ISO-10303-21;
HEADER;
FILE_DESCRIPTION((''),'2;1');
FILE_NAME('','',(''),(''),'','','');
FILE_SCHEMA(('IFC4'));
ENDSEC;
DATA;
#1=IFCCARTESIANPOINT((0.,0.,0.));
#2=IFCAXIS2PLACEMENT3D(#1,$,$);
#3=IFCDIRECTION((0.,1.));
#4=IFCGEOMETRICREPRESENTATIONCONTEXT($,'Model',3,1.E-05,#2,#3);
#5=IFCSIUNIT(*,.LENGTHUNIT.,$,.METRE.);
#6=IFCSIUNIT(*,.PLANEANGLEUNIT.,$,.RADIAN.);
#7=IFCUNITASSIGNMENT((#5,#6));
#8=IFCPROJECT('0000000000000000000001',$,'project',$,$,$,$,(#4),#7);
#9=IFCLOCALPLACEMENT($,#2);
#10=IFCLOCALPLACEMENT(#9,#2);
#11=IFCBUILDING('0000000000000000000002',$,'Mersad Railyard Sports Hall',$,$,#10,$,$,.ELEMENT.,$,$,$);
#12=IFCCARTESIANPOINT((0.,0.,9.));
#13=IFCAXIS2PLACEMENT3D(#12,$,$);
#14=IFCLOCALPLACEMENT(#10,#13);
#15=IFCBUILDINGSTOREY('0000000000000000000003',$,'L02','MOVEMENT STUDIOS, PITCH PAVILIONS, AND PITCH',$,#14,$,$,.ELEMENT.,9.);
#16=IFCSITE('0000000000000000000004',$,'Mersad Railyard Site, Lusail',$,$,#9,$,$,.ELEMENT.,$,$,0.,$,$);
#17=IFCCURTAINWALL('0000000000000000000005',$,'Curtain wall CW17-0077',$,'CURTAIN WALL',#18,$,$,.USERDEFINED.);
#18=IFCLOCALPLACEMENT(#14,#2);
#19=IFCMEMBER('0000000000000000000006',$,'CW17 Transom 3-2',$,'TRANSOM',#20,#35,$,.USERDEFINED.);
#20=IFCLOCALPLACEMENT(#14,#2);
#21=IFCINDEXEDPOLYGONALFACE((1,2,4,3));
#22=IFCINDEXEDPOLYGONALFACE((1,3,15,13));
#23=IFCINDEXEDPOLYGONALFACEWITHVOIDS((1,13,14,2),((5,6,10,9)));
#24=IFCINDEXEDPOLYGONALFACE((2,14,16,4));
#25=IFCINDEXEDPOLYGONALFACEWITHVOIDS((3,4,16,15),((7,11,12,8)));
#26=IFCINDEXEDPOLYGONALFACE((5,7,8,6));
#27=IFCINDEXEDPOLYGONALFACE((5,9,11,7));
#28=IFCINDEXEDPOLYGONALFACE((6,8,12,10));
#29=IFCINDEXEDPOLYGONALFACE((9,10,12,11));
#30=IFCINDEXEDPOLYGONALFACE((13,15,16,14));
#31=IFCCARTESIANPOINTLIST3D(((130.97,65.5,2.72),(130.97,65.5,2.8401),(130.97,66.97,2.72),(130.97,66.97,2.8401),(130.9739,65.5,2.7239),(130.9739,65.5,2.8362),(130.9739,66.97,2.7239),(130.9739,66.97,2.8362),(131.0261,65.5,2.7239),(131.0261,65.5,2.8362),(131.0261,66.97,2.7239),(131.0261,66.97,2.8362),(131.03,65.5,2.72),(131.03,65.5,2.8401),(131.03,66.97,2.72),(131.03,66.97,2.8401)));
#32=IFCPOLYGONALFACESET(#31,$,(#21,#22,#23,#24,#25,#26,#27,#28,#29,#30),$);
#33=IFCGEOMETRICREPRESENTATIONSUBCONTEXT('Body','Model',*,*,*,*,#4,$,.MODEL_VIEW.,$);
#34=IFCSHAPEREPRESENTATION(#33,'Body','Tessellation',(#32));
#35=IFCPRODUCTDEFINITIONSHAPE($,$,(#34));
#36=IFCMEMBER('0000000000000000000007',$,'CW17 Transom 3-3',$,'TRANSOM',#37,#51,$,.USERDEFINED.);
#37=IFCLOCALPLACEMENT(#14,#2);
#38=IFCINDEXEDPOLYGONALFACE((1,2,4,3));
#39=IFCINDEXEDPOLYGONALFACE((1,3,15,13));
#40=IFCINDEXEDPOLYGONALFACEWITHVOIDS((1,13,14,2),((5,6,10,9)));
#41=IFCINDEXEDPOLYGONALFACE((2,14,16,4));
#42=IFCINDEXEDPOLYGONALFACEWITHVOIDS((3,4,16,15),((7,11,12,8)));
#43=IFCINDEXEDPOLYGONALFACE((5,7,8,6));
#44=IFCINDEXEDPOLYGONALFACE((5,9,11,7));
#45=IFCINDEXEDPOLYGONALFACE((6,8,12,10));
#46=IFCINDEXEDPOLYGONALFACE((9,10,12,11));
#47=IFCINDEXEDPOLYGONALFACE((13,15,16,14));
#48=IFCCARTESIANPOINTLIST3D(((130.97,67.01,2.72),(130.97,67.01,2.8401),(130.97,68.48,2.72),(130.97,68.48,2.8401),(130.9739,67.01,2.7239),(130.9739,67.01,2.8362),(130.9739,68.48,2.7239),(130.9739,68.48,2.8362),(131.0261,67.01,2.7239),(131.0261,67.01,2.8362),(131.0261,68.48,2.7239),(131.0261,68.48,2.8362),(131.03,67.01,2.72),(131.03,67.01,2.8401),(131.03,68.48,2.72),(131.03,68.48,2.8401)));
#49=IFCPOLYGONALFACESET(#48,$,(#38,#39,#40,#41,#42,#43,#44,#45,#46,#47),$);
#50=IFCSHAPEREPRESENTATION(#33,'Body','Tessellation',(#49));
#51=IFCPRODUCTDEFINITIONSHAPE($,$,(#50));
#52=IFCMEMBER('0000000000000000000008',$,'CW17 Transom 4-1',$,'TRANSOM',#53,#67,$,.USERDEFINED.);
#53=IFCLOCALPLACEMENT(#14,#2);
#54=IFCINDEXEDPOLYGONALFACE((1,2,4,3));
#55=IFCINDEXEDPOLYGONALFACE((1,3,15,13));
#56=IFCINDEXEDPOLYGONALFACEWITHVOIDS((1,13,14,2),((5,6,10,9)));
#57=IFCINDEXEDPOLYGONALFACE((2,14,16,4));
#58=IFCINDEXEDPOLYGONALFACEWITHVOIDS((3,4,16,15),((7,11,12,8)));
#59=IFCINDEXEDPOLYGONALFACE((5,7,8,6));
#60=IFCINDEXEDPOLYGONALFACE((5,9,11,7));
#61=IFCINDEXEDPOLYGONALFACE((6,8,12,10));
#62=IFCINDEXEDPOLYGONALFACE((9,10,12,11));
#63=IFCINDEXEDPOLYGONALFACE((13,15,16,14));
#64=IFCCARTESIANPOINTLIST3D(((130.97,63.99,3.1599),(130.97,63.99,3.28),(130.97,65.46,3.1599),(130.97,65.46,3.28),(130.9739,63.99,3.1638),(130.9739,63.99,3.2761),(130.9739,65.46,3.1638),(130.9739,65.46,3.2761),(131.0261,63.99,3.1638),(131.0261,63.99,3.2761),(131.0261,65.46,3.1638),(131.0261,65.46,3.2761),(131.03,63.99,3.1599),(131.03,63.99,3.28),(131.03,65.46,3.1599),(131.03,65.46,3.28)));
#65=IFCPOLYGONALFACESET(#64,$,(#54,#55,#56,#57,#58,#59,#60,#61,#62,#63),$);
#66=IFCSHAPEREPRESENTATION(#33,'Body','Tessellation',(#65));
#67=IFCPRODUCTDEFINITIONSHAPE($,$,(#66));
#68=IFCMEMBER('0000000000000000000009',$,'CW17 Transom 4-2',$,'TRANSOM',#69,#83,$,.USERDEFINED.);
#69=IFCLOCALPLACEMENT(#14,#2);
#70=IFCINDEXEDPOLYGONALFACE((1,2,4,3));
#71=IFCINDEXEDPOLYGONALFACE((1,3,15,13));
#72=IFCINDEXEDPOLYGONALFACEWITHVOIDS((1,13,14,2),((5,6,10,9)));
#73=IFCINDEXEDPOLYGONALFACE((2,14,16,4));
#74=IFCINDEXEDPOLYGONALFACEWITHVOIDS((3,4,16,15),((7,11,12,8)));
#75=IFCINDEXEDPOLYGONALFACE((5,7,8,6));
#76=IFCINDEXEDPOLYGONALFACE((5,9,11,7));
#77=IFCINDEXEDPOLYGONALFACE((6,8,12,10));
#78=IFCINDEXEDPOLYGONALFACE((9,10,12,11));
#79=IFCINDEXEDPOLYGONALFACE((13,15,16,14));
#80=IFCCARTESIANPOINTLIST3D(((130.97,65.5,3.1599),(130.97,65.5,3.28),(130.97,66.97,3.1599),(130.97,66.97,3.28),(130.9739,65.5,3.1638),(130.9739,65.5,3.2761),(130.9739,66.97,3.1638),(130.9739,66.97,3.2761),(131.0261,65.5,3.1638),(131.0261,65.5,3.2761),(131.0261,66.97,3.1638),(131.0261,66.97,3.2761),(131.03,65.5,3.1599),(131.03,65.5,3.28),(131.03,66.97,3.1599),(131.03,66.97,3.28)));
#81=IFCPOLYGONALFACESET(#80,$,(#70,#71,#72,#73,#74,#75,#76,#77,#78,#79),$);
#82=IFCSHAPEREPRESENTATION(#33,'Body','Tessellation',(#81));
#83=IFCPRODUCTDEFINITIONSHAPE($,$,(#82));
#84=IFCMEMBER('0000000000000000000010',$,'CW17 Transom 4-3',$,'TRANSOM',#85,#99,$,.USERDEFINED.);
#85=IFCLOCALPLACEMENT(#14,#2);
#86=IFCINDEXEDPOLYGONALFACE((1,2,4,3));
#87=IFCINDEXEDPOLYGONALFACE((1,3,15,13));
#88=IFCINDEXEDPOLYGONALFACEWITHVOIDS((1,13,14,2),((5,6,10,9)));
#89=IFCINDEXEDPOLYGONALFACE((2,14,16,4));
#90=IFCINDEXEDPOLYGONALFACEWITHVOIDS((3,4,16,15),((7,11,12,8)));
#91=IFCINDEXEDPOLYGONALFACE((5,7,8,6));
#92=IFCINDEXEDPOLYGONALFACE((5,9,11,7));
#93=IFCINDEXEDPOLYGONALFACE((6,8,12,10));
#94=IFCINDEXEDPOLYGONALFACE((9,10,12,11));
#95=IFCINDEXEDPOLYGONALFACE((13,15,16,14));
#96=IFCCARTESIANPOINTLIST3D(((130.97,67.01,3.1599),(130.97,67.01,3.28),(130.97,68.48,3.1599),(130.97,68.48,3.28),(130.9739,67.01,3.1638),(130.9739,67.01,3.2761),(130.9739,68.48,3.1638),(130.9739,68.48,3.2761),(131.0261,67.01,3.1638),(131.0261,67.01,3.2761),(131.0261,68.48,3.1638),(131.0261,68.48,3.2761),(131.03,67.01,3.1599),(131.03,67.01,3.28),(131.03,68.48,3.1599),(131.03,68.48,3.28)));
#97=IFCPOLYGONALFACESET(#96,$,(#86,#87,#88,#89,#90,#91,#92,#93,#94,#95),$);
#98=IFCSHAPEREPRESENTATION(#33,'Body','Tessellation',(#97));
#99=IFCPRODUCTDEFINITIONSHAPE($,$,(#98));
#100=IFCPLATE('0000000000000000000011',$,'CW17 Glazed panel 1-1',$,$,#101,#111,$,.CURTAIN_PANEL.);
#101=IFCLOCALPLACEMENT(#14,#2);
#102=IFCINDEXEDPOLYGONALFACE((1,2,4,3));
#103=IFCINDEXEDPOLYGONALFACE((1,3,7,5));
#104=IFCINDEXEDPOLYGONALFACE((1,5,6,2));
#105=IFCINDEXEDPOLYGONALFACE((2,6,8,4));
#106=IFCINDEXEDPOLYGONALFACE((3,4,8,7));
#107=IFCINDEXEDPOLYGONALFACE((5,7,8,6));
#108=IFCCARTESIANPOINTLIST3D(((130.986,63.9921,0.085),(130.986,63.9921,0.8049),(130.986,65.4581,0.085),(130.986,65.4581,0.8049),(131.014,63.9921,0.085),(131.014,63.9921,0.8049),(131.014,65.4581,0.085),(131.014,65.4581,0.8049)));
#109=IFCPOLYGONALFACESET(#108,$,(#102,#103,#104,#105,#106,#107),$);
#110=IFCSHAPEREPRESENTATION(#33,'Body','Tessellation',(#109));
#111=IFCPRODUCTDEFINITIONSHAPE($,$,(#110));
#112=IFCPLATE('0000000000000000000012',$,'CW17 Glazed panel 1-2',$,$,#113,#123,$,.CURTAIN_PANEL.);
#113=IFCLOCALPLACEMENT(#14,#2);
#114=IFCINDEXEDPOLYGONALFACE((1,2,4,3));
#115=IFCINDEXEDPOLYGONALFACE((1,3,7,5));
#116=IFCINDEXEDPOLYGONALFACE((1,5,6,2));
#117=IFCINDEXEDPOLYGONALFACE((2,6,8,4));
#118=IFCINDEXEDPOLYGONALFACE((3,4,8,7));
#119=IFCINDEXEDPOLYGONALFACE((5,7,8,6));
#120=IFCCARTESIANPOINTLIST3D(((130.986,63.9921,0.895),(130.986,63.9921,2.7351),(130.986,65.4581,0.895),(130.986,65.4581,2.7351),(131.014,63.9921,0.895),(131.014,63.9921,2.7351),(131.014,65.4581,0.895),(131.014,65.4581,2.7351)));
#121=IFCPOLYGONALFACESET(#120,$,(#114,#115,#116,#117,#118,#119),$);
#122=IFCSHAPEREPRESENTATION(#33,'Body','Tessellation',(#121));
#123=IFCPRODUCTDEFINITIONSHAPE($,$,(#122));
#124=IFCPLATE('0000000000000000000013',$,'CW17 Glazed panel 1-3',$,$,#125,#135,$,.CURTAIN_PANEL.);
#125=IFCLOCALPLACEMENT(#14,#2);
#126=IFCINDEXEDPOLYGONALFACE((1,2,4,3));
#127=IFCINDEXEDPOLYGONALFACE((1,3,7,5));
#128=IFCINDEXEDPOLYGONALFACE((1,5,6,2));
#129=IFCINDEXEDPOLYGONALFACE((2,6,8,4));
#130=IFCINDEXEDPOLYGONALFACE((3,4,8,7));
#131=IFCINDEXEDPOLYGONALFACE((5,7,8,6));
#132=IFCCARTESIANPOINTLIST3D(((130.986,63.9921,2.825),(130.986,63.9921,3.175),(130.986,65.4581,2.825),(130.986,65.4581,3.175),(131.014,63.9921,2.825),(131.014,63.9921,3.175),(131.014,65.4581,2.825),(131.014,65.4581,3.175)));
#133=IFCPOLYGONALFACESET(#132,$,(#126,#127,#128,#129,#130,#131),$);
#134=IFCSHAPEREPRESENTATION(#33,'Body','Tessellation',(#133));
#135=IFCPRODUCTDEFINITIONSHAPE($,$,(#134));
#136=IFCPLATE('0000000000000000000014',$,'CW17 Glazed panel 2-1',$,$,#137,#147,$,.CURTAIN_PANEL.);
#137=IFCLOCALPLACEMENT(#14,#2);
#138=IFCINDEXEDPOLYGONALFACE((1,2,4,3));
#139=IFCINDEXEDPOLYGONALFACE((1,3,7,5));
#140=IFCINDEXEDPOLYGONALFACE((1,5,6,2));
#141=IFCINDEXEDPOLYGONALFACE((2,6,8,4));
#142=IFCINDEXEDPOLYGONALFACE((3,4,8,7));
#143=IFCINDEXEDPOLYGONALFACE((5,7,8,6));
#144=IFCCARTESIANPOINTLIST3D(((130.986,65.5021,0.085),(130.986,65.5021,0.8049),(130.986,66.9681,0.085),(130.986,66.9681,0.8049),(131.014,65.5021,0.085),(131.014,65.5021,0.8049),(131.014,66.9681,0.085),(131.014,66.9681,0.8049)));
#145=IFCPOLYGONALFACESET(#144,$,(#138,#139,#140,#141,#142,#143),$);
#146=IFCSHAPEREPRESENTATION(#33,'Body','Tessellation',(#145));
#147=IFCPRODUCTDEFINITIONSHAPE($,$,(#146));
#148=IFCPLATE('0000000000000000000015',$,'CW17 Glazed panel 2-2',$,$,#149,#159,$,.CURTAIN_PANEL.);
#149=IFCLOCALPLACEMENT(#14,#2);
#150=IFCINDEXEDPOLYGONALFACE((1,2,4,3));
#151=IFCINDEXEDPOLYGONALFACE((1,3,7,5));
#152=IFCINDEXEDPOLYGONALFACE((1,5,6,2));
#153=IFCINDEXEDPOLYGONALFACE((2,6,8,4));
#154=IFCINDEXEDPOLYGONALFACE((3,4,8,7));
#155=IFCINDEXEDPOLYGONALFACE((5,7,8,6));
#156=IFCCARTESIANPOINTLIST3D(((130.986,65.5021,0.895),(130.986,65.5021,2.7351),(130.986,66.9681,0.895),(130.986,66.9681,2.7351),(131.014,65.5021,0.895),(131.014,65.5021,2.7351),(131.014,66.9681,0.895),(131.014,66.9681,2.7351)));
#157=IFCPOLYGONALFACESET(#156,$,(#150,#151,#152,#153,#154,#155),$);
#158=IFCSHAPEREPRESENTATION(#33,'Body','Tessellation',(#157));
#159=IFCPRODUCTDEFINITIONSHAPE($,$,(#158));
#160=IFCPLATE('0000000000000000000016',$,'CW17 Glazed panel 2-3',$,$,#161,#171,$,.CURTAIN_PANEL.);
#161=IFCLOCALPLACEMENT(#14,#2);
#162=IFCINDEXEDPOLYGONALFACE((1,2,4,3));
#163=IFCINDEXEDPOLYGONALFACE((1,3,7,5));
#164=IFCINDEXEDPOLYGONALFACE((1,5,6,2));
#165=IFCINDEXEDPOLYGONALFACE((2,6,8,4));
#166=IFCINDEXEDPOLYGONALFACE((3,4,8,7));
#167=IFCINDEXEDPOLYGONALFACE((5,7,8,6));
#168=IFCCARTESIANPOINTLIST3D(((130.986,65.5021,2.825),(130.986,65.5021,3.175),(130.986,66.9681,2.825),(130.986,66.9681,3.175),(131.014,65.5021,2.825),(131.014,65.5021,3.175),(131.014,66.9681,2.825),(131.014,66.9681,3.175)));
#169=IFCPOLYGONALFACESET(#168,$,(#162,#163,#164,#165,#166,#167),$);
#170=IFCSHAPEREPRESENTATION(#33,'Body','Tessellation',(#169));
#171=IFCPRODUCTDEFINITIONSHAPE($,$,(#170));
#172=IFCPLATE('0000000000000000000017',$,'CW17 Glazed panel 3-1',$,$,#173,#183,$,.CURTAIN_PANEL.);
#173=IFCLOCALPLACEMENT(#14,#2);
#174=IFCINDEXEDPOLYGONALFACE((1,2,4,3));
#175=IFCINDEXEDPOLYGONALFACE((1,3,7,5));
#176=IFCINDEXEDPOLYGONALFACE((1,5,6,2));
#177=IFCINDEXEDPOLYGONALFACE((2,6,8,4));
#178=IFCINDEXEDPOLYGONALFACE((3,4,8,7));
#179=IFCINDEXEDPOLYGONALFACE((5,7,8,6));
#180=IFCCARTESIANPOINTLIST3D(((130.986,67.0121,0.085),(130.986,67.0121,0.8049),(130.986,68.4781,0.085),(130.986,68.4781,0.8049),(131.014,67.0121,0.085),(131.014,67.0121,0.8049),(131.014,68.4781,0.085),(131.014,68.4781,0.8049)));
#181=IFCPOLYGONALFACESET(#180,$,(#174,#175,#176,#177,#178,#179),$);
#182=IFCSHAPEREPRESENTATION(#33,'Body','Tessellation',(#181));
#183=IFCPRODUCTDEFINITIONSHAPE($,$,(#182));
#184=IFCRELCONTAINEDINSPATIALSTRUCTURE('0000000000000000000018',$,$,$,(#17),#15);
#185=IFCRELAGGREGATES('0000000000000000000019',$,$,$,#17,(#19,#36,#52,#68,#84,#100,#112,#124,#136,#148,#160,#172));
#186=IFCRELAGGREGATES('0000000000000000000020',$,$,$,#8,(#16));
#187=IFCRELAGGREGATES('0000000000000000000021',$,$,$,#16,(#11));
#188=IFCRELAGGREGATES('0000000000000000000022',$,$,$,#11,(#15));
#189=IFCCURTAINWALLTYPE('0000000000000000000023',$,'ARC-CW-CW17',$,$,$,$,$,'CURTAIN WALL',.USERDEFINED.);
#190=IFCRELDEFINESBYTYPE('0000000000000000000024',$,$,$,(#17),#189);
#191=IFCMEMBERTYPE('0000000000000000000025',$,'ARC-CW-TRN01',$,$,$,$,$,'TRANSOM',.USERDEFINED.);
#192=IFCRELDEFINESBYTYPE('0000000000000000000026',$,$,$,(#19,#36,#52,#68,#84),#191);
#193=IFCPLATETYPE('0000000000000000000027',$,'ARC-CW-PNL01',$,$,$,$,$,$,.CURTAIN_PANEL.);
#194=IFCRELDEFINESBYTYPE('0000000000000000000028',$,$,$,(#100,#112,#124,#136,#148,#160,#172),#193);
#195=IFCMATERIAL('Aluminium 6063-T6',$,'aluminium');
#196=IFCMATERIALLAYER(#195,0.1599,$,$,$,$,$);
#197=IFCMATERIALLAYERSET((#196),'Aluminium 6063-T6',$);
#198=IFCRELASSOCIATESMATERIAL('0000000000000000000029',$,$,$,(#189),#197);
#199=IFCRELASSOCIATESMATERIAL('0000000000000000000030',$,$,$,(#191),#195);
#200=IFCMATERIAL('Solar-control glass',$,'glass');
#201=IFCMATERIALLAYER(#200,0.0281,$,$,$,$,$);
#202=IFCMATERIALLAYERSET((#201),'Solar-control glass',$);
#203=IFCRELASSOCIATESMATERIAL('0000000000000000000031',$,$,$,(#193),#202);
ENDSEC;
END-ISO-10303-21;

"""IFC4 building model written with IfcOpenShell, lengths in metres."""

from ifc_helpers import new_model, si_unit, direction, frame, origin, origin_2d, place, context, subcontext, project, spatial, rectangle, hollow_rectangle, extrude, material, layer, layer_set, material_profile, profile_set, type_object, element, aggregate, save


model = new_model("IFC4")

# Units and contexts
model_context = context("Model", 3, precision=1e-05, world=origin(), true_north=direction((0.0, 1.0)))
body_context = subcontext(model_context, "Body", "Model", "MODEL_VIEW")
ifc_project = project(units=[si_unit("LENGTHUNIT", "METRE"), si_unit("PLANEANGLEUNIT", "RADIAN")], contexts=[model_context])

# Site, building, storey
site_placement = place(None, origin())
site = spatial("IfcSite", under=ifc_project, at=site_placement, Name="Mersad Railyard Site, Lusail", CompositionType="ELEMENT", RefElevation=0.0)
building_placement = place(site_placement, origin())
building = spatial("IfcBuilding", under=site, at=building_placement, Name="Mersad Railyard Sports Hall", CompositionType="ELEMENT")
storey_placement = place(building_placement, frame((0.0, 0.0, 9.0)))
storey = spatial("IfcBuildingStorey", under=building, at=storey_placement, Name="L02", Description="MOVEMENT STUDIOS, PITCH PAVILIONS, AND PITCH", CompositionType="ELEMENT", Elevation=9.0)

# Curtain wall, members, plates
ifc_material_1 = material(Name="Aluminium 6063-T6", Category="aluminium")
ifc_layer_1 = layer(ifc_material_1, 0.1599)
ifc_layer_set_1 = layer_set([ifc_layer_1], Name="Aluminium 6063-T6")
curtain_wall_type = type_object("IfcCurtainWallType", Name="ARC-CW-CW17", ElementType="CURTAIN WALL", PredefinedType="USERDEFINED", material=ifc_layer_set_1)
curtain_wall_placement = place(storey_placement, origin())
curtain_wall = element("IfcCurtainWall", 1, at=curtain_wall_placement, inside=storey, type_object=curtain_wall_type, Name="Curtain wall CW17-0077", ObjectType="CURTAIN WALL", PredefinedType="USERDEFINED")
ifc_material_profile_1 = material_profile(ifc_material_1, hollow_rectangle(XDim=0.0601, YDim=0.1201, WallThickness=0.0039, at=origin_2d()), Name="AL TRANSOM 60x120x4")
ifc_profile_set_1 = profile_set([ifc_material_profile_1], Name="Aluminium 6063-T6")
member_type_1 = type_object("IfcMemberType", Name="ARC-CW-TRN01", ElementType="TRANSOM", PredefinedType="USERDEFINED", material=ifc_profile_set_1)
member_1_placement = place(storey_placement, frame((131.0, 65.5, 2.78), z_axis=(0.0, 1.0, 0.0), x_axis=(-1.0, 0.0, 0.0)))
member_1 = element("IfcMember", 2, at=member_1_placement, type_object=member_type_1, Name="CW17 Transom 3-2", ObjectType="TRANSOM", PredefinedType="USERDEFINED", context=body_context, shape_type="SweptSolid", body=[
    extrude(hollow_rectangle(XDim=0.0601, YDim=0.1201, WallThickness=0.0039, at=origin_2d()), origin(), (0.0, 0.0, 1.0), 1.47),
])
member_2_placement = place(storey_placement, frame((131.0, 67.01, 2.78), z_axis=(0.0, 1.0, 0.0), x_axis=(-1.0, 0.0, 0.0)))
member_2 = element("IfcMember", 3, at=member_2_placement, type_object=member_type_1, Name="CW17 Transom 3-3", ObjectType="TRANSOM", PredefinedType="USERDEFINED", context=body_context, shape_type="SweptSolid", body=[
    extrude(hollow_rectangle(XDim=0.0601, YDim=0.1201, WallThickness=0.0039, at=origin_2d()), origin(), (0.0, 0.0, 1.0), 1.47),
])
member_3_placement = place(storey_placement, frame((131.0, 63.99, 3.22), z_axis=(0.0, 1.0, 0.0), x_axis=(-1.0, 0.0, 0.0)))
member_3 = element("IfcMember", 4, at=member_3_placement, type_object=member_type_1, Name="CW17 Transom 4-1", ObjectType="TRANSOM", PredefinedType="USERDEFINED", context=body_context, shape_type="SweptSolid", body=[
    extrude(hollow_rectangle(XDim=0.0601, YDim=0.1201, WallThickness=0.0039, at=origin_2d()), origin(), (0.0, 0.0, 1.0), 1.47),
])
member_4_placement = place(storey_placement, frame((131.0, 65.5, 3.22), z_axis=(0.0, 1.0, 0.0), x_axis=(-1.0, 0.0, 0.0)))
member_4 = element("IfcMember", 5, at=member_4_placement, type_object=member_type_1, Name="CW17 Transom 4-2", ObjectType="TRANSOM", PredefinedType="USERDEFINED", context=body_context, shape_type="SweptSolid", body=[
    extrude(hollow_rectangle(XDim=0.0601, YDim=0.1201, WallThickness=0.0039, at=origin_2d()), origin(), (0.0, 0.0, 1.0), 1.47),
])
member_5_placement = place(storey_placement, frame((131.0, 67.01, 3.22), z_axis=(0.0, 1.0, 0.0), x_axis=(-1.0, 0.0, 0.0)))
member_5 = element("IfcMember", 6, at=member_5_placement, type_object=member_type_1, Name="CW17 Transom 4-3", ObjectType="TRANSOM", PredefinedType="USERDEFINED", context=body_context, shape_type="SweptSolid", body=[
    extrude(hollow_rectangle(XDim=0.0601, YDim=0.1201, WallThickness=0.0039, at=origin_2d()), origin(), (0.0, 0.0, 1.0), 1.47),
])
ifc_material_2 = material(Name="Solar-control glass", Category="glass")
ifc_layer_2 = layer(ifc_material_2, 0.0281)
ifc_layer_set_2 = layer_set([ifc_layer_2], Name="Solar-control glass")
plate_type = type_object("IfcPlateType", Name="ARC-CW-PNL01", PredefinedType="CURTAIN_PANEL", material=ifc_layer_set_2)
plate_1_placement = place(storey_placement, frame((131.0, 64.7251, 0.085), z_axis=(0.0, 0.0, 1.0), x_axis=(0.0, 1.0, 0.0)))
plate_1 = element("IfcPlate", 7, at=plate_1_placement, type_object=plate_type, Name="CW17 Glazed panel 1-1", PredefinedType="CURTAIN_PANEL", context=body_context, shape_type="SweptSolid", body=[
    extrude(rectangle(XDim=1.4661, YDim=0.0281, at=origin_2d()), origin(), (0.0, 0.0, 1.0), 0.72),
])
plate_2_placement = place(storey_placement, frame((131.0, 64.7251, 0.895), z_axis=(0.0, 0.0, 1.0), x_axis=(0.0, 1.0, 0.0)))
plate_2 = element("IfcPlate", 8, at=plate_2_placement, type_object=plate_type, Name="CW17 Glazed panel 1-2", PredefinedType="CURTAIN_PANEL", context=body_context, shape_type="SweptSolid", body=[
    extrude(rectangle(XDim=1.4661, YDim=0.0281, at=origin_2d()), origin(), (0.0, 0.0, 1.0), 1.8401),
])
plate_3_placement = place(storey_placement, frame((131.0, 64.7251, 2.825), z_axis=(0.0, 0.0, 1.0), x_axis=(0.0, 1.0, 0.0)))
plate_3 = element("IfcPlate", 9, at=plate_3_placement, type_object=plate_type, Name="CW17 Glazed panel 1-3", PredefinedType="CURTAIN_PANEL", context=body_context, shape_type="SweptSolid", body=[
    extrude(rectangle(XDim=1.4661, YDim=0.0281, at=origin_2d()), origin(), (0.0, 0.0, 1.0), 0.3501),
])
plate_4_placement = place(storey_placement, frame((131.0, 66.2351, 0.085), z_axis=(0.0, 0.0, 1.0), x_axis=(0.0, 1.0, 0.0)))
plate_4 = element("IfcPlate", 10, at=plate_4_placement, type_object=plate_type, Name="CW17 Glazed panel 2-1", PredefinedType="CURTAIN_PANEL", context=body_context, shape_type="SweptSolid", body=[
    extrude(rectangle(XDim=1.4661, YDim=0.0281, at=origin_2d()), origin(), (0.0, 0.0, 1.0), 0.72),
])
plate_5_placement = place(storey_placement, frame((131.0, 66.2351, 0.895), z_axis=(0.0, 0.0, 1.0), x_axis=(0.0, 1.0, 0.0)))
plate_5 = element("IfcPlate", 11, at=plate_5_placement, type_object=plate_type, Name="CW17 Glazed panel 2-2", PredefinedType="CURTAIN_PANEL", context=body_context, shape_type="SweptSolid", body=[
    extrude(rectangle(XDim=1.4661, YDim=0.0281, at=origin_2d()), origin(), (0.0, 0.0, 1.0), 1.8401),
])
plate_6_placement = place(storey_placement, frame((131.0, 66.2351, 2.825), z_axis=(0.0, 0.0, 1.0), x_axis=(0.0, 1.0, 0.0)))
plate_6 = element("IfcPlate", 12, at=plate_6_placement, type_object=plate_type, Name="CW17 Glazed panel 2-3", PredefinedType="CURTAIN_PANEL", context=body_context, shape_type="SweptSolid", body=[
    extrude(rectangle(XDim=1.4661, YDim=0.0281, at=origin_2d()), origin(), (0.0, 0.0, 1.0), 0.3501),
])
plate_7_placement = place(storey_placement, frame((131.0, 67.7451, 0.085), z_axis=(0.0, 0.0, 1.0), x_axis=(0.0, 1.0, 0.0)))
plate_7 = element("IfcPlate", 13, at=plate_7_placement, type_object=plate_type, Name="CW17 Glazed panel 3-1", PredefinedType="CURTAIN_PANEL", context=body_context, shape_type="SweptSolid", body=[
    extrude(rectangle(XDim=1.4661, YDim=0.0281, at=origin_2d()), origin(), (0.0, 0.0, 1.0), 0.72),
])
aggregate(curtain_wall, [member_1, member_2, member_3, member_4, member_5, plate_1, plate_2, plate_3, plate_4, plate_5, plate_6, plate_7])

save(model, "model.ifc")
